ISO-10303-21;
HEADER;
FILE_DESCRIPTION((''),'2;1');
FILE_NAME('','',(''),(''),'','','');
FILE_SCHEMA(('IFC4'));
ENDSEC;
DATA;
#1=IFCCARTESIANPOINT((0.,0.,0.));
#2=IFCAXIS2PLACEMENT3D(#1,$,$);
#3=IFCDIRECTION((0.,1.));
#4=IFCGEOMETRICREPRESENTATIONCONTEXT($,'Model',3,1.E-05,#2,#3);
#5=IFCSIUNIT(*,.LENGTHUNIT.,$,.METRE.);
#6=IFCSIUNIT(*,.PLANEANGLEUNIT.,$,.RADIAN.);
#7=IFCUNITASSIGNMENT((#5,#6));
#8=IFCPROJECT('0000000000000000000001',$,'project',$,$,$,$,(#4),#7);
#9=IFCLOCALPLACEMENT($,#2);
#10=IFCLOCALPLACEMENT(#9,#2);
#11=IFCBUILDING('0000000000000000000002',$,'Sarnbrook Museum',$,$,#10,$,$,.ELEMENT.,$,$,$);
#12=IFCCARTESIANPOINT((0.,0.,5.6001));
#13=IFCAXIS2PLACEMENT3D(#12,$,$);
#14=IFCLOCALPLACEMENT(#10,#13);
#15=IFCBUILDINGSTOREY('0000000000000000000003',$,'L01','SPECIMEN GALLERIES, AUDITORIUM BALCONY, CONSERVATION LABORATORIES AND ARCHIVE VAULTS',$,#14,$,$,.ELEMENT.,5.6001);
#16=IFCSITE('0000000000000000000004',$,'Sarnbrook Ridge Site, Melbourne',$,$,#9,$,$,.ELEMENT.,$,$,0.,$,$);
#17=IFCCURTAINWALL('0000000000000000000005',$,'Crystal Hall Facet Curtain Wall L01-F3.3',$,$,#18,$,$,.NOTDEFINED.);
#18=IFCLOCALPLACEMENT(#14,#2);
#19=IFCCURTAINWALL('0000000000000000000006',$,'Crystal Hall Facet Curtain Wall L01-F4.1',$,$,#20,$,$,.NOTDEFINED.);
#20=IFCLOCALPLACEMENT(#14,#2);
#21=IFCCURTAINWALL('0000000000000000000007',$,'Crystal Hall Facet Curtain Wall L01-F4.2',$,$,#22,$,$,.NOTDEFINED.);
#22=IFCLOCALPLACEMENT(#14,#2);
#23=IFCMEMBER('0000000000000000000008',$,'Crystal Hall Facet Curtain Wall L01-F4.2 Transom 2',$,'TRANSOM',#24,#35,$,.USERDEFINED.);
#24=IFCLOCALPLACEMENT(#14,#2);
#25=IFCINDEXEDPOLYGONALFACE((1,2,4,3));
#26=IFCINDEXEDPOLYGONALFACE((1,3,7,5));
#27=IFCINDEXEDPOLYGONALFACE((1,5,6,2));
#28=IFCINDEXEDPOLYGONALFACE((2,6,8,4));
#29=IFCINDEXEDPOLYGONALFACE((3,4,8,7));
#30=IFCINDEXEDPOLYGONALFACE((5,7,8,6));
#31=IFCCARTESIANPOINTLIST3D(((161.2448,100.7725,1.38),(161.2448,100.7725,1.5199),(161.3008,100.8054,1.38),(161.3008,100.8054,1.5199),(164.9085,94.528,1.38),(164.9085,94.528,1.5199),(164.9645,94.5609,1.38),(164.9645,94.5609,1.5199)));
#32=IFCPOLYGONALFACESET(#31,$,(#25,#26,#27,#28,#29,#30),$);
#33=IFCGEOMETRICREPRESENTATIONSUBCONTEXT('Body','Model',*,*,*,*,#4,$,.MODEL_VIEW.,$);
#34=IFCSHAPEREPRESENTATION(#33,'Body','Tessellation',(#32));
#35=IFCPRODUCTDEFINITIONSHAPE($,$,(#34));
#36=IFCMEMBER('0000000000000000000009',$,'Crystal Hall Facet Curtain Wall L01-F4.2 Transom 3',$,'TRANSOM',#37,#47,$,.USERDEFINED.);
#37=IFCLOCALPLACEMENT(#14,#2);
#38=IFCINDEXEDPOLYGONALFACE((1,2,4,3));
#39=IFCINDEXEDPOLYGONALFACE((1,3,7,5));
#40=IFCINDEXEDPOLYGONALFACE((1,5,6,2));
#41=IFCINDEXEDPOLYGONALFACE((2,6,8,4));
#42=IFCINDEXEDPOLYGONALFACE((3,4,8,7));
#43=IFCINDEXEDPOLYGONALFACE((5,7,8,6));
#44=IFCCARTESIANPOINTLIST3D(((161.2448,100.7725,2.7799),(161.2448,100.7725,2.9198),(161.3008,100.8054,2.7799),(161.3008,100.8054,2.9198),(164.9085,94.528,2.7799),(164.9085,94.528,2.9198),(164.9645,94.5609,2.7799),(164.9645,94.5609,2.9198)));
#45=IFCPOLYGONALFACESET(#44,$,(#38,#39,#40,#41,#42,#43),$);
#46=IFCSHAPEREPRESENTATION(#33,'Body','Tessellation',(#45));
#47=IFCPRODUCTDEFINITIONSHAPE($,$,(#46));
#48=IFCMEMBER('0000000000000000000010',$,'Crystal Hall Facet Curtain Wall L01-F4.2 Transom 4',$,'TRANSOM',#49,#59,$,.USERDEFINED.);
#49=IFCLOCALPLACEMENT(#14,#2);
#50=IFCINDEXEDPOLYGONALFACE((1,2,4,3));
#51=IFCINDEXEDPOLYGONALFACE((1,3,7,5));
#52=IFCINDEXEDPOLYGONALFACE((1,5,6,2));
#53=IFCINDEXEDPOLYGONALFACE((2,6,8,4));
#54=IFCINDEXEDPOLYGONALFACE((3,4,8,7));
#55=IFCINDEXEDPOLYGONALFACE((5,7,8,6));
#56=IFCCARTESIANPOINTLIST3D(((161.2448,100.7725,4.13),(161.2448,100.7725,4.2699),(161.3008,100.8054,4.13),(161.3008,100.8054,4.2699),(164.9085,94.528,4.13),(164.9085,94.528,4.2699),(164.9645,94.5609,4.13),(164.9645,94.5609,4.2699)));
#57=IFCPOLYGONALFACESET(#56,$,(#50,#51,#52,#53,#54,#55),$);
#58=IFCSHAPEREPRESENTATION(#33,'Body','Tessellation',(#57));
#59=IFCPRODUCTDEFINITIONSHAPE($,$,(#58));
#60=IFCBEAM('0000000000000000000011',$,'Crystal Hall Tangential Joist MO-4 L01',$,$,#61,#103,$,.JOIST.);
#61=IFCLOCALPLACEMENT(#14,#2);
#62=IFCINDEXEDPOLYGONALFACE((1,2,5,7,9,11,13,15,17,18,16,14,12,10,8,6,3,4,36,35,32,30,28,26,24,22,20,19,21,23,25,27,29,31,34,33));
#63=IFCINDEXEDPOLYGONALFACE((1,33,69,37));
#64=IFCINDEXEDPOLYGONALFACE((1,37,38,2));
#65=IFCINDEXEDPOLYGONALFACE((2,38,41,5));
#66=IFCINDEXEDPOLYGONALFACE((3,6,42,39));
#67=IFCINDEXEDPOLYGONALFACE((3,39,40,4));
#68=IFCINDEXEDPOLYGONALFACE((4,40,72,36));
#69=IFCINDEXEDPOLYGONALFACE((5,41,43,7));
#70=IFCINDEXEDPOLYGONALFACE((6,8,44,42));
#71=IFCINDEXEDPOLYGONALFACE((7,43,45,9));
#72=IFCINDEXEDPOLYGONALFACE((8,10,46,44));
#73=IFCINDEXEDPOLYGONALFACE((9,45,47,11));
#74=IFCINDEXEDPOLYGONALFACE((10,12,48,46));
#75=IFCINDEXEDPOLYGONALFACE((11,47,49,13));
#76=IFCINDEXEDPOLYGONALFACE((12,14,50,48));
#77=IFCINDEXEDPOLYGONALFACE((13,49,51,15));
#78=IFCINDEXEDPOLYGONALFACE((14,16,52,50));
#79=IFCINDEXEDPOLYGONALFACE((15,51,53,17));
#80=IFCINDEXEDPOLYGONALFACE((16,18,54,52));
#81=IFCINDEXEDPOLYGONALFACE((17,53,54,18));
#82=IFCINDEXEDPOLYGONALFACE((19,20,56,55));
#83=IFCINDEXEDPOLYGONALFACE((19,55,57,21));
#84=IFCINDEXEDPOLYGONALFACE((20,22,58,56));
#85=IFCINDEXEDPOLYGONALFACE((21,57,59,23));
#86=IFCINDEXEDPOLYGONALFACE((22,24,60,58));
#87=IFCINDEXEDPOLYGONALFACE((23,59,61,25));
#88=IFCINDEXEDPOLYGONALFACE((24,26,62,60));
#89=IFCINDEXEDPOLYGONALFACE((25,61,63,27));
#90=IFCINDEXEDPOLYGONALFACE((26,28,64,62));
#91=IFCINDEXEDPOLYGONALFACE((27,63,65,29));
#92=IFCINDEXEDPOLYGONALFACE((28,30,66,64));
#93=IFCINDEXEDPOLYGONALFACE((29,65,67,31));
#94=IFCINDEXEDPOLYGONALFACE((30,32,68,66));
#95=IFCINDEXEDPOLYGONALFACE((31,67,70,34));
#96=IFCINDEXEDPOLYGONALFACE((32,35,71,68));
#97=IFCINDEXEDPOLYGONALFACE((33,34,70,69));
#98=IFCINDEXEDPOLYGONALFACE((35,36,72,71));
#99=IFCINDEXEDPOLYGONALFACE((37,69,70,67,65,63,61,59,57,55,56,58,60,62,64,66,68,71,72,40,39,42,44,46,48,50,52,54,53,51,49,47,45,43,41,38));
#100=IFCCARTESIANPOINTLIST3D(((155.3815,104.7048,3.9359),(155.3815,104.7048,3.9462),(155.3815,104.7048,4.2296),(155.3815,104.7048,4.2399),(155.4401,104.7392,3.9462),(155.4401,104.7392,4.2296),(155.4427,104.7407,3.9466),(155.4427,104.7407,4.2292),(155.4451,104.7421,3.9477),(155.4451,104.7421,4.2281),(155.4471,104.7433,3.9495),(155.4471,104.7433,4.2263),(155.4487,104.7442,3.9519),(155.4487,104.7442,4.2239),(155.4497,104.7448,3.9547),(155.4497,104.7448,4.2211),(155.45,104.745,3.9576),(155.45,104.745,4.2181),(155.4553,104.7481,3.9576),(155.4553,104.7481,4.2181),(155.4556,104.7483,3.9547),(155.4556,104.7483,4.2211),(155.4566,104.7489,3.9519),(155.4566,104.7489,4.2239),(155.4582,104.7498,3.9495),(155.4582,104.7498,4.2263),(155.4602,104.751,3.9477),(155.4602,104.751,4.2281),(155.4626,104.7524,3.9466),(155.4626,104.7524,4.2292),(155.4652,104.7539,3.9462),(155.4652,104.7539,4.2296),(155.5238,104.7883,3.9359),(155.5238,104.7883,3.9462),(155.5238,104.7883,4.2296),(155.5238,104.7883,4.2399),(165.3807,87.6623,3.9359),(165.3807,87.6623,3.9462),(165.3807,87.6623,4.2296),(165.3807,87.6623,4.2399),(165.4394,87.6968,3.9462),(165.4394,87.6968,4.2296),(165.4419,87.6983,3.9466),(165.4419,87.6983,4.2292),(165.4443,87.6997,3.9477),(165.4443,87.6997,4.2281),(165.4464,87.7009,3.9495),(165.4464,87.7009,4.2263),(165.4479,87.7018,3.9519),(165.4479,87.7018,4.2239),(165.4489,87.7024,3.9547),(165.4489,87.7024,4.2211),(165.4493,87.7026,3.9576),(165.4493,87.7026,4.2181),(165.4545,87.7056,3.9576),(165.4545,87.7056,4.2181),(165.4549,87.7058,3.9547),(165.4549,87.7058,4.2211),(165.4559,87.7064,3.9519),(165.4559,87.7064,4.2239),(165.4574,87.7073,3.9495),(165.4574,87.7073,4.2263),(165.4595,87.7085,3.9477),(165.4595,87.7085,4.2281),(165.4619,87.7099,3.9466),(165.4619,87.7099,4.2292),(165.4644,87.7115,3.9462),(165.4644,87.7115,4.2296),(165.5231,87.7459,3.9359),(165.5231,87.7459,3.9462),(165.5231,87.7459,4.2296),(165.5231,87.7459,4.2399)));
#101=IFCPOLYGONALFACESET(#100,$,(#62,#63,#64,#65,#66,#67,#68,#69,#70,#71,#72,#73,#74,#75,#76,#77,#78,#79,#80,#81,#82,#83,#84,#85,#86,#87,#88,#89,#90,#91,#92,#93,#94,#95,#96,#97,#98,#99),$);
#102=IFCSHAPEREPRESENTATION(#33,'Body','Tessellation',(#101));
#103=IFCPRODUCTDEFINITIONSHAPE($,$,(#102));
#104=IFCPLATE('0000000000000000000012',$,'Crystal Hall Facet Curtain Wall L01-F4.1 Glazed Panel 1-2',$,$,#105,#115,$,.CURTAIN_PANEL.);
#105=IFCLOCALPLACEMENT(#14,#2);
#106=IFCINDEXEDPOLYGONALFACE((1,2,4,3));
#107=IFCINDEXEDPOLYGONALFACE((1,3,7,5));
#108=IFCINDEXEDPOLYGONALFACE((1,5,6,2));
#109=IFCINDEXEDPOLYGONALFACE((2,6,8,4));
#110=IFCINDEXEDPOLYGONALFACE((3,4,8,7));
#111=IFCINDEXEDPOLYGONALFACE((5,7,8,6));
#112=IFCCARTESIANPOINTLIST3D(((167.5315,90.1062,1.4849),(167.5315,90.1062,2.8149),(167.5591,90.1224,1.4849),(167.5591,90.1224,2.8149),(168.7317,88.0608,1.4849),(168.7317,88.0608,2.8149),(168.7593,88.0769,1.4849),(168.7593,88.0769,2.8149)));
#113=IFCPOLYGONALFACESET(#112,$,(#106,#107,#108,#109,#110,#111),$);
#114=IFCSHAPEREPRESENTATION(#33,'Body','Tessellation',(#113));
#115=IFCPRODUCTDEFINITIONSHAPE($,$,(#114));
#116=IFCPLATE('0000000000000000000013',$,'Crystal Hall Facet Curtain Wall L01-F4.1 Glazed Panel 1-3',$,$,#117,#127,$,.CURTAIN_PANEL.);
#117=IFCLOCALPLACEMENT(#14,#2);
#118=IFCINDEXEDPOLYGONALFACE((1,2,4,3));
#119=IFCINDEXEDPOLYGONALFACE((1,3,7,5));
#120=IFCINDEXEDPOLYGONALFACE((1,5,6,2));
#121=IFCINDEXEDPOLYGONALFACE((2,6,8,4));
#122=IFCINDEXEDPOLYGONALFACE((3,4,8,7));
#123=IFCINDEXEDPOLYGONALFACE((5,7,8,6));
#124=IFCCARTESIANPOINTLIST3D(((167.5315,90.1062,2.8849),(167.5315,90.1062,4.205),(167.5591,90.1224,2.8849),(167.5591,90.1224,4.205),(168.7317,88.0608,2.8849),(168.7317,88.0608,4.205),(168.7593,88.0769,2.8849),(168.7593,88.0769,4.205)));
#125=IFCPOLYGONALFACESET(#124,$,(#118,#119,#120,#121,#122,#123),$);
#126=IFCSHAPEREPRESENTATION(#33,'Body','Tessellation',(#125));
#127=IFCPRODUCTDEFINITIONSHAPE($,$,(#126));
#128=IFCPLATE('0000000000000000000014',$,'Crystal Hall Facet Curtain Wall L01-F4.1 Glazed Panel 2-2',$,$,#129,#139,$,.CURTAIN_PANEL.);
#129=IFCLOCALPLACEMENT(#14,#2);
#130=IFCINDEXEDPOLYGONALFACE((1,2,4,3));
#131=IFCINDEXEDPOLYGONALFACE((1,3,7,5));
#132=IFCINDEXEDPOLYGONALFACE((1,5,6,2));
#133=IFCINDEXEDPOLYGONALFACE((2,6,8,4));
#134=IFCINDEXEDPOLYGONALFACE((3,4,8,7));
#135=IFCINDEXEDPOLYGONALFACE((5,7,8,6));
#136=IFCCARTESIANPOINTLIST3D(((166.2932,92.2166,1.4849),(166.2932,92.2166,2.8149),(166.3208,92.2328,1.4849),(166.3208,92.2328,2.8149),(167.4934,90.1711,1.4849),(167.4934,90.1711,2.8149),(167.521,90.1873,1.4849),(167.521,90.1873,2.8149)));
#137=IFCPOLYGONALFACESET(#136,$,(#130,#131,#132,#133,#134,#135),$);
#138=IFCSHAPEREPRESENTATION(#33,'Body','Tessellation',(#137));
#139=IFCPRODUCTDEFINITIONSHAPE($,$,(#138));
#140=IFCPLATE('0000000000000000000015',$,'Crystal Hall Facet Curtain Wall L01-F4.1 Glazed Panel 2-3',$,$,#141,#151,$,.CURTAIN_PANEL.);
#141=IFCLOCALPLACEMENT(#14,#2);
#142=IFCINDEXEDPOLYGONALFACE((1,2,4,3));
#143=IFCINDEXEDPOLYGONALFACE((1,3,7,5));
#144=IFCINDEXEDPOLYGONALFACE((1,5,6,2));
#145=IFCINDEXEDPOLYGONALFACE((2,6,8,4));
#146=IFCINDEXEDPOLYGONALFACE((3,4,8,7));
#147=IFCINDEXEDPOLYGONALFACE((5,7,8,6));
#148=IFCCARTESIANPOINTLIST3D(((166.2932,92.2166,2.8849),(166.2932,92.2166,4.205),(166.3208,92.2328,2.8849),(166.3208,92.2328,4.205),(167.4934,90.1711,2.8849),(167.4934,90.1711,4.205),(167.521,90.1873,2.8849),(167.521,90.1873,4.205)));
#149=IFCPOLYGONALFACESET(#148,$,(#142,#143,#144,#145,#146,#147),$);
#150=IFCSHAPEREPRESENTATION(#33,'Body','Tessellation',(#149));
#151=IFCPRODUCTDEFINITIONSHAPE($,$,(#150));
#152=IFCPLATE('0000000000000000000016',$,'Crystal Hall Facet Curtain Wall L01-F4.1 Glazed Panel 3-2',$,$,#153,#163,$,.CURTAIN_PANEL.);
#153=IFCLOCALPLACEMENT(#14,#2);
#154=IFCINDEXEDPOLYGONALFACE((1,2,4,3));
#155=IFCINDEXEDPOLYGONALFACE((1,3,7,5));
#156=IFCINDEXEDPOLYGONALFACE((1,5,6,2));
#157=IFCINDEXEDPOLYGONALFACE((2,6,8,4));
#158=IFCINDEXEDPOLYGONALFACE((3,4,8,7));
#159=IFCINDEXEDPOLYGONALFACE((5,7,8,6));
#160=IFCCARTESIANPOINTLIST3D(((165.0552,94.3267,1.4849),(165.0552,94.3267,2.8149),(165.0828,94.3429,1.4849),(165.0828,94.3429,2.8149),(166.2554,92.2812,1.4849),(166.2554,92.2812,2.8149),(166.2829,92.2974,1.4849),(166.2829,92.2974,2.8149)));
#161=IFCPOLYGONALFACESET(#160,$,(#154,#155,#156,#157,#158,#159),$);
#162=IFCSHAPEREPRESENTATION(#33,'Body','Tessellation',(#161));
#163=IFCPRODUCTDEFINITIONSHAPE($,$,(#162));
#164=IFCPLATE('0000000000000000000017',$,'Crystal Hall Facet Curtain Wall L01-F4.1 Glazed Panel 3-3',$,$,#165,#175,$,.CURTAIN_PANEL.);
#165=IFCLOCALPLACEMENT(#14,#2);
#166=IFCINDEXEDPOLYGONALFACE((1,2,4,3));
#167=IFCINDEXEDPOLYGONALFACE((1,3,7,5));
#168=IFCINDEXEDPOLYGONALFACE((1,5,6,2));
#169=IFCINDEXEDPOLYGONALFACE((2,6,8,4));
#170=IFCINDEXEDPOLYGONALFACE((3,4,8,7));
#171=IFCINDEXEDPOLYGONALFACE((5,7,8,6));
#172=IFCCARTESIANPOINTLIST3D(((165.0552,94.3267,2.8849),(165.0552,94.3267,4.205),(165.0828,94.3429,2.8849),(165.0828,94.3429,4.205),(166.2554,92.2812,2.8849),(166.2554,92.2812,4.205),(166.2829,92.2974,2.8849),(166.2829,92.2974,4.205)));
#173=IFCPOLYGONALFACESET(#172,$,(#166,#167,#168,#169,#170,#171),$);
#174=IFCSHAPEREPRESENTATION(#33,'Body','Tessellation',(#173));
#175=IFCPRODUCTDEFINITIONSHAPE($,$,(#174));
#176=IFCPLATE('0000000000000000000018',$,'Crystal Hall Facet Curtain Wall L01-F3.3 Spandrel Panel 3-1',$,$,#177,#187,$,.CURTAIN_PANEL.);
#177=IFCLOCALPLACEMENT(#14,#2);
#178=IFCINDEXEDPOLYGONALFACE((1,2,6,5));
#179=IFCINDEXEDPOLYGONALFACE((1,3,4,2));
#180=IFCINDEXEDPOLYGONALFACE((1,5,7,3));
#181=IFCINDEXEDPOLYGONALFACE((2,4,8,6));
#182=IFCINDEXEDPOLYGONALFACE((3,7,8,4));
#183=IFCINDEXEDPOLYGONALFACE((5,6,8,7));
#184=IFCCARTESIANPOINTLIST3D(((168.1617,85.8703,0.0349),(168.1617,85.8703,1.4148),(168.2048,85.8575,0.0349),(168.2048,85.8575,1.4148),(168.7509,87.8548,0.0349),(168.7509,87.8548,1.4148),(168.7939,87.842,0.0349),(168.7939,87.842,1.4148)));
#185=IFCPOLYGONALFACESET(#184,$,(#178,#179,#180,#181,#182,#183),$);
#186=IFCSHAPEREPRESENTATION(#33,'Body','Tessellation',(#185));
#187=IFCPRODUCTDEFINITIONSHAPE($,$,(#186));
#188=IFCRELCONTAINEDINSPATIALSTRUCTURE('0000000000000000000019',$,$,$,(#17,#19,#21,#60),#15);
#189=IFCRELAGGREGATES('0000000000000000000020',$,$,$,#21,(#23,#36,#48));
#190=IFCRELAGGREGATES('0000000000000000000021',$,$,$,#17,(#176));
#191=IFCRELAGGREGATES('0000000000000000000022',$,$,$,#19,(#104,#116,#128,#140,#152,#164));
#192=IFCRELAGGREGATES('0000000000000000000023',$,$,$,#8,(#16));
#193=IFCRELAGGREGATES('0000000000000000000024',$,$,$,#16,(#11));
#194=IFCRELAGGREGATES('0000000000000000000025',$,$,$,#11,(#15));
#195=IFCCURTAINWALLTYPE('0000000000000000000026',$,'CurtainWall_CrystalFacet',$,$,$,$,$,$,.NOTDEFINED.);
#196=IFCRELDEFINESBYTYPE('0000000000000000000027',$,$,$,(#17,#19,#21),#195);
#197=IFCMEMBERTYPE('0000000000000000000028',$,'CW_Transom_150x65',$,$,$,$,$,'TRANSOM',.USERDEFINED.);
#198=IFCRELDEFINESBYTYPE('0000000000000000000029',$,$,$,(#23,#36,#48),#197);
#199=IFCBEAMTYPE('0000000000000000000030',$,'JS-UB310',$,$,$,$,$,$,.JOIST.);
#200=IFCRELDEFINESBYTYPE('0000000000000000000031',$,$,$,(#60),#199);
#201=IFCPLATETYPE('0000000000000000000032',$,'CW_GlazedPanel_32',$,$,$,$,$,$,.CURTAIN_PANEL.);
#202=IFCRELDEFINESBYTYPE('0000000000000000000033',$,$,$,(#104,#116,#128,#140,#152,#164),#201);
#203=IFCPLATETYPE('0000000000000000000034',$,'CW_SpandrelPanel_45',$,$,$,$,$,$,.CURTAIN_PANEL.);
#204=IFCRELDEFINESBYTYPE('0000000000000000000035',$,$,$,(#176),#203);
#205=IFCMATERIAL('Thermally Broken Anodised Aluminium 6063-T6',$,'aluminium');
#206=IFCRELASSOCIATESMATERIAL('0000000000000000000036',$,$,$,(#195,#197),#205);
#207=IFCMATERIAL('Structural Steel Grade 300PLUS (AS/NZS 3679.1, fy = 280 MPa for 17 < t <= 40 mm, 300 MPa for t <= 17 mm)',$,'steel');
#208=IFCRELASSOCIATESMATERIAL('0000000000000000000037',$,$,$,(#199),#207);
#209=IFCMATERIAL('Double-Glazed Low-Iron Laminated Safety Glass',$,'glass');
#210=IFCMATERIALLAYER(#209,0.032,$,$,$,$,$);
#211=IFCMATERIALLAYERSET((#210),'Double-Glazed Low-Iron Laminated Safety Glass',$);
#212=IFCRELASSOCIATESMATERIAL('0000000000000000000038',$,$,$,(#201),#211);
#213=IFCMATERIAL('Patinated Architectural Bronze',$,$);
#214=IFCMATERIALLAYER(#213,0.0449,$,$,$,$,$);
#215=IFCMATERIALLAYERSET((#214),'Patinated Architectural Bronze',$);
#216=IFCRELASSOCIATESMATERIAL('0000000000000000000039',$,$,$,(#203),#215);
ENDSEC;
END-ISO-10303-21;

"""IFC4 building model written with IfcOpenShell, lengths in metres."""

from ifc_helpers import new_model, si_unit, direction, frame, origin, origin_2d, place, context, subcontext, project, spatial, rectangle, i_section, extrude, material, layer, layer_set, material_profile, profile_set, type_object, element, aggregate, save


model = new_model("IFC4")

# Units and contexts
model_context = context("Model", 3, precision=1e-05, world=origin(), true_north=direction((0.0, 1.0)))
body_context = subcontext(model_context, "Body", "Model", "MODEL_VIEW")
ifc_project = project(units=[si_unit("LENGTHUNIT", "METRE"), si_unit("PLANEANGLEUNIT", "RADIAN")], contexts=[model_context])

# Site, building, storey
site_placement = place(None, origin())
site = spatial("IfcSite", under=ifc_project, at=site_placement, Name="Sarnbrook Ridge Site, Melbourne", CompositionType="ELEMENT", RefElevation=0.0)
building_placement = place(site_placement, origin())
building = spatial("IfcBuilding", under=site, at=building_placement, Name="Sarnbrook Museum", CompositionType="ELEMENT")
storey_placement = place(building_placement, frame((0.0, 0.0, 5.6001)))
storey = spatial("IfcBuildingStorey", under=building, at=storey_placement, Name="L01", Description="SPECIMEN GALLERIES, AUDITORIUM BALCONY, CONSERVATION LABORATORIES AND ARCHIVE VAULTS", CompositionType="ELEMENT", Elevation=5.6001)

# Curtain wall
ifc_material_1 = material(Name="Thermally Broken Anodised Aluminium 6063-T6", Category="aluminium")
curtain_wall_type = type_object("IfcCurtainWallType", Name="CurtainWall_CrystalFacet", PredefinedType="NOTDEFINED", material=ifc_material_1)
curtain_wall_1_placement = place(storey_placement, origin())
curtain_wall_1 = element("IfcCurtainWall", 1, at=curtain_wall_1_placement, inside=storey, type_object=curtain_wall_type, Name="Crystal Hall Facet Curtain Wall L01-F3.3", PredefinedType="NOTDEFINED")

# Curtain wall
curtain_wall_2_placement = place(storey_placement, origin())
curtain_wall_2 = element("IfcCurtainWall", 2, at=curtain_wall_2_placement, inside=storey, type_object=curtain_wall_type, Name="Crystal Hall Facet Curtain Wall L01-F4.1", PredefinedType="NOTDEFINED")

# Curtain wall
curtain_wall_3_placement = place(storey_placement, origin())
curtain_wall_3 = element("IfcCurtainWall", 3, at=curtain_wall_3_placement, inside=storey, type_object=curtain_wall_type, Name="Crystal Hall Facet Curtain Wall L01-F4.2", PredefinedType="NOTDEFINED")

# Members
ifc_material_profile_1 = material_profile(ifc_material_1, rectangle(XDim=0.0649, YDim=0.1399, at=origin_2d()), Name="ALU TRANSOM 65x140")
ifc_profile_set_1 = profile_set([ifc_material_profile_1], Name="Thermally Broken Anodised Aluminium 6063-T6")
member_type_1 = type_object("IfcMemberType", Name="CW_Transom_150x65", ElementType="TRANSOM", PredefinedType="USERDEFINED", material=ifc_profile_set_1)
member_1_placement = place(storey_placement, frame((164.9365, 94.5444, 1.45), z_axis=(-0.506046, 0.862507, 0.0), x_axis=(-0.862507, -0.506046, 0.0)))
member_1 = element("IfcMember", 4, at=member_1_placement, type_object=member_type_1, Name="Crystal Hall Facet Curtain Wall L01-F4.2 Transom 2", ObjectType="TRANSOM", PredefinedType="USERDEFINED", context=body_context, shape_type="SweptSolid", body=[
    extrude(rectangle(XDim=0.0649, YDim=0.1399, at=origin_2d()), origin(), (0.0, 0.0, 1.0), 7.24),
])
member_2_placement = place(storey_placement, frame((164.9365, 94.5444, 2.8499), z_axis=(-0.506046, 0.862507, 0.0), x_axis=(-0.862507, -0.506046, 0.0)))
member_2 = element("IfcMember", 5, at=member_2_placement, type_object=member_type_1, Name="Crystal Hall Facet Curtain Wall L01-F4.2 Transom 3", ObjectType="TRANSOM", PredefinedType="USERDEFINED", context=body_context, shape_type="SweptSolid", body=[
    extrude(rectangle(XDim=0.0649, YDim=0.1399, at=origin_2d()), origin(), (0.0, 0.0, 1.0), 7.24),
])
member_3_placement = place(storey_placement, frame((164.9365, 94.5444, 4.2), z_axis=(-0.506046, 0.862507, 0.0), x_axis=(-0.862507, -0.506046, 0.0)))
member_3 = element("IfcMember", 6, at=member_3_placement, type_object=member_type_1, Name="Crystal Hall Facet Curtain Wall L01-F4.2 Transom 4", ObjectType="TRANSOM", PredefinedType="USERDEFINED", context=body_context, shape_type="SweptSolid", body=[
    extrude(rectangle(XDim=0.0649, YDim=0.1399, at=origin_2d()), origin(), (0.0, 0.0, 1.0), 7.24),
])
aggregate(curtain_wall_3, [member_1, member_2, member_3])

# Beam
ifc_material_2 = material(Name="Structural Steel Grade 300PLUS (AS/NZS 3679.1, fy = 280 MPa for 17 < t <= 40 mm, 300 MPa for t <= 17 mm)", Category="steel")
ifc_material_profile_2 = material_profile(ifc_material_2, i_section(OverallWidth=0.165, OverallDepth=0.304, WebThickness=0.0061, FlangeThickness=0.0103, FilletRadius=0.0115, at=origin_2d()), Name="310UB40.4")
ifc_profile_set_2 = profile_set([ifc_material_profile_2], Name="Structural Steel Grade 300PLUS (AS/NZS 3679.1, fy = 280 MPa for 17 < t <= 40 mm, 300 MPa for t <= 17 mm)")
beam_type_1 = type_object("IfcBeamType", Name="JS-UB310", PredefinedType="JOIST", material=ifc_profile_set_2)
beam_1_placement = place(storey_placement, frame((165.4519, 87.7041, 4.0879), z_axis=(-0.506053, 0.862503, 0.0), x_axis=(-0.862503, -0.506053, 0.0)))
element("IfcBeam", 7, at=beam_1_placement, inside=storey, type_object=beam_type_1, Name="Crystal Hall Tangential Joist MO-4 L01", PredefinedType="JOIST", context=body_context, shape_type="SweptSolid", body=[
    extrude(i_section(OverallWidth=0.165, OverallDepth=0.304, WebThickness=0.0061, FlangeThickness=0.0103, FilletRadius=0.0115, at=origin_2d()), origin(), (0.0, 0.0, 1.0), 19.7593),
])

# Plates
ifc_material_3 = material(Name="Double-Glazed Low-Iron Laminated Safety Glass", Category="glass")
ifc_layer_1 = layer(ifc_material_3, 0.032)
ifc_layer_set_1 = layer_set([ifc_layer_1], Name="Double-Glazed Low-Iron Laminated Safety Glass")
plate_type_1 = type_object("IfcPlateType", Name="CW_GlazedPanel_32", PredefinedType="CURTAIN_PANEL", material=ifc_layer_set_1)
plate_1_placement = place(storey_placement, frame((168.1316, 89.0835, 2.1499), z_axis=(0.862498, 0.50606, 0.0), x_axis=(-0.50606, 0.862498, 0.0)))
plate_1 = element("IfcPlate", 8, at=plate_1_placement, type_object=plate_type_1, Name="Crystal Hall Facet Curtain Wall L01-F4.1 Glazed Panel 1-2", PredefinedType="CURTAIN_PANEL", context=body_context, shape_type="SweptSolid", body=[
    extrude(rectangle(XDim=2.3716, YDim=1.3301, at=origin_2d()), origin(), (0.0, 0.0, 1.0), 0.032),
])
plate_2_placement = place(storey_placement, frame((168.1316, 89.0835, 3.5449), z_axis=(0.862498, 0.50606, 0.0), x_axis=(-0.50606, 0.862498, 0.0)))
plate_2 = element("IfcPlate", 9, at=plate_2_placement, type_object=plate_type_1, Name="Crystal Hall Facet Curtain Wall L01-F4.1 Glazed Panel 1-3", PredefinedType="CURTAIN_PANEL", context=body_context, shape_type="SweptSolid", body=[
    extrude(rectangle(XDim=2.3716, YDim=1.3201, at=origin_2d()), origin(), (0.0, 0.0, 1.0), 0.032),
])
plate_3_placement = place(storey_placement, frame((166.8933, 91.1938, 2.1499), z_axis=(0.862498, 0.50606, 0.0), x_axis=(-0.50606, 0.862498, 0.0)))
plate_3 = element("IfcPlate", 10, at=plate_3_placement, type_object=plate_type_1, Name="Crystal Hall Facet Curtain Wall L01-F4.1 Glazed Panel 2-2", PredefinedType="CURTAIN_PANEL", context=body_context, shape_type="SweptSolid", body=[
    extrude(rectangle(XDim=2.3716, YDim=1.3301, at=origin_2d()), origin(), (0.0, 0.0, 1.0), 0.032),
])
plate_4_placement = place(storey_placement, frame((166.8933, 91.1938, 3.5449), z_axis=(0.862498, 0.50606, 0.0), x_axis=(-0.50606, 0.862498, 0.0)))
plate_4 = element("IfcPlate", 11, at=plate_4_placement, type_object=plate_type_1, Name="Crystal Hall Facet Curtain Wall L01-F4.1 Glazed Panel 2-3", PredefinedType="CURTAIN_PANEL", context=body_context, shape_type="SweptSolid", body=[
    extrude(rectangle(XDim=2.3716, YDim=1.3201, at=origin_2d()), origin(), (0.0, 0.0, 1.0), 0.032),
])
plate_5_placement = place(storey_placement, frame((165.6553, 93.304, 2.1499), z_axis=(0.862498, 0.50606, 0.0), x_axis=(-0.50606, 0.862498, 0.0)))
plate_5 = element("IfcPlate", 12, at=plate_5_placement, type_object=plate_type_1, Name="Crystal Hall Facet Curtain Wall L01-F4.1 Glazed Panel 3-2", PredefinedType="CURTAIN_PANEL", context=body_context, shape_type="SweptSolid", body=[
    extrude(rectangle(XDim=2.3716, YDim=1.3301, at=origin_2d()), origin(), (0.0, 0.0, 1.0), 0.032),
])
plate_6_placement = place(storey_placement, frame((165.6553, 93.304, 3.5449), z_axis=(0.862498, 0.50606, 0.0), x_axis=(-0.50606, 0.862498, 0.0)))
plate_6 = element("IfcPlate", 13, at=plate_6_placement, type_object=plate_type_1, Name="Crystal Hall Facet Curtain Wall L01-F4.1 Glazed Panel 3-3", PredefinedType="CURTAIN_PANEL", context=body_context, shape_type="SweptSolid", body=[
    extrude(rectangle(XDim=2.3716, YDim=1.3201, at=origin_2d()), origin(), (0.0, 0.0, 1.0), 0.032),
])
ifc_material_4 = material(Name="Patinated Architectural Bronze")
ifc_layer_2 = layer(ifc_material_4, 0.0449)
ifc_layer_set_2 = layer_set([ifc_layer_2], Name="Patinated Architectural Bronze")
plate_type_2 = type_object("IfcPlateType", Name="CW_SpandrelPanel_45", PredefinedType="CURTAIN_PANEL", material=ifc_layer_set_2)
plate_7_placement = place(storey_placement, frame((168.4563, 86.8625, 0.7249), z_axis=(0.958647, -0.284599, 0.0), x_axis=(0.284599, 0.958647, 0.0)))
plate_7 = element("IfcPlate", 14, at=plate_7_placement, type_object=plate_type_2, Name="Crystal Hall Facet Curtain Wall L01-F3.3 Spandrel Panel 3-1", PredefinedType="CURTAIN_PANEL", context=body_context, shape_type="SweptSolid", body=[
    extrude(rectangle(XDim=2.0701, YDim=1.3799, at=origin_2d()), origin(), (0.0, 0.0, 1.0), 0.0449),
])
aggregate(curtain_wall_1, [plate_7])
aggregate(curtain_wall_2, [plate_1, plate_2, plate_3, plate_4, plate_5, plate_6])

save(model, "model.ifc")
